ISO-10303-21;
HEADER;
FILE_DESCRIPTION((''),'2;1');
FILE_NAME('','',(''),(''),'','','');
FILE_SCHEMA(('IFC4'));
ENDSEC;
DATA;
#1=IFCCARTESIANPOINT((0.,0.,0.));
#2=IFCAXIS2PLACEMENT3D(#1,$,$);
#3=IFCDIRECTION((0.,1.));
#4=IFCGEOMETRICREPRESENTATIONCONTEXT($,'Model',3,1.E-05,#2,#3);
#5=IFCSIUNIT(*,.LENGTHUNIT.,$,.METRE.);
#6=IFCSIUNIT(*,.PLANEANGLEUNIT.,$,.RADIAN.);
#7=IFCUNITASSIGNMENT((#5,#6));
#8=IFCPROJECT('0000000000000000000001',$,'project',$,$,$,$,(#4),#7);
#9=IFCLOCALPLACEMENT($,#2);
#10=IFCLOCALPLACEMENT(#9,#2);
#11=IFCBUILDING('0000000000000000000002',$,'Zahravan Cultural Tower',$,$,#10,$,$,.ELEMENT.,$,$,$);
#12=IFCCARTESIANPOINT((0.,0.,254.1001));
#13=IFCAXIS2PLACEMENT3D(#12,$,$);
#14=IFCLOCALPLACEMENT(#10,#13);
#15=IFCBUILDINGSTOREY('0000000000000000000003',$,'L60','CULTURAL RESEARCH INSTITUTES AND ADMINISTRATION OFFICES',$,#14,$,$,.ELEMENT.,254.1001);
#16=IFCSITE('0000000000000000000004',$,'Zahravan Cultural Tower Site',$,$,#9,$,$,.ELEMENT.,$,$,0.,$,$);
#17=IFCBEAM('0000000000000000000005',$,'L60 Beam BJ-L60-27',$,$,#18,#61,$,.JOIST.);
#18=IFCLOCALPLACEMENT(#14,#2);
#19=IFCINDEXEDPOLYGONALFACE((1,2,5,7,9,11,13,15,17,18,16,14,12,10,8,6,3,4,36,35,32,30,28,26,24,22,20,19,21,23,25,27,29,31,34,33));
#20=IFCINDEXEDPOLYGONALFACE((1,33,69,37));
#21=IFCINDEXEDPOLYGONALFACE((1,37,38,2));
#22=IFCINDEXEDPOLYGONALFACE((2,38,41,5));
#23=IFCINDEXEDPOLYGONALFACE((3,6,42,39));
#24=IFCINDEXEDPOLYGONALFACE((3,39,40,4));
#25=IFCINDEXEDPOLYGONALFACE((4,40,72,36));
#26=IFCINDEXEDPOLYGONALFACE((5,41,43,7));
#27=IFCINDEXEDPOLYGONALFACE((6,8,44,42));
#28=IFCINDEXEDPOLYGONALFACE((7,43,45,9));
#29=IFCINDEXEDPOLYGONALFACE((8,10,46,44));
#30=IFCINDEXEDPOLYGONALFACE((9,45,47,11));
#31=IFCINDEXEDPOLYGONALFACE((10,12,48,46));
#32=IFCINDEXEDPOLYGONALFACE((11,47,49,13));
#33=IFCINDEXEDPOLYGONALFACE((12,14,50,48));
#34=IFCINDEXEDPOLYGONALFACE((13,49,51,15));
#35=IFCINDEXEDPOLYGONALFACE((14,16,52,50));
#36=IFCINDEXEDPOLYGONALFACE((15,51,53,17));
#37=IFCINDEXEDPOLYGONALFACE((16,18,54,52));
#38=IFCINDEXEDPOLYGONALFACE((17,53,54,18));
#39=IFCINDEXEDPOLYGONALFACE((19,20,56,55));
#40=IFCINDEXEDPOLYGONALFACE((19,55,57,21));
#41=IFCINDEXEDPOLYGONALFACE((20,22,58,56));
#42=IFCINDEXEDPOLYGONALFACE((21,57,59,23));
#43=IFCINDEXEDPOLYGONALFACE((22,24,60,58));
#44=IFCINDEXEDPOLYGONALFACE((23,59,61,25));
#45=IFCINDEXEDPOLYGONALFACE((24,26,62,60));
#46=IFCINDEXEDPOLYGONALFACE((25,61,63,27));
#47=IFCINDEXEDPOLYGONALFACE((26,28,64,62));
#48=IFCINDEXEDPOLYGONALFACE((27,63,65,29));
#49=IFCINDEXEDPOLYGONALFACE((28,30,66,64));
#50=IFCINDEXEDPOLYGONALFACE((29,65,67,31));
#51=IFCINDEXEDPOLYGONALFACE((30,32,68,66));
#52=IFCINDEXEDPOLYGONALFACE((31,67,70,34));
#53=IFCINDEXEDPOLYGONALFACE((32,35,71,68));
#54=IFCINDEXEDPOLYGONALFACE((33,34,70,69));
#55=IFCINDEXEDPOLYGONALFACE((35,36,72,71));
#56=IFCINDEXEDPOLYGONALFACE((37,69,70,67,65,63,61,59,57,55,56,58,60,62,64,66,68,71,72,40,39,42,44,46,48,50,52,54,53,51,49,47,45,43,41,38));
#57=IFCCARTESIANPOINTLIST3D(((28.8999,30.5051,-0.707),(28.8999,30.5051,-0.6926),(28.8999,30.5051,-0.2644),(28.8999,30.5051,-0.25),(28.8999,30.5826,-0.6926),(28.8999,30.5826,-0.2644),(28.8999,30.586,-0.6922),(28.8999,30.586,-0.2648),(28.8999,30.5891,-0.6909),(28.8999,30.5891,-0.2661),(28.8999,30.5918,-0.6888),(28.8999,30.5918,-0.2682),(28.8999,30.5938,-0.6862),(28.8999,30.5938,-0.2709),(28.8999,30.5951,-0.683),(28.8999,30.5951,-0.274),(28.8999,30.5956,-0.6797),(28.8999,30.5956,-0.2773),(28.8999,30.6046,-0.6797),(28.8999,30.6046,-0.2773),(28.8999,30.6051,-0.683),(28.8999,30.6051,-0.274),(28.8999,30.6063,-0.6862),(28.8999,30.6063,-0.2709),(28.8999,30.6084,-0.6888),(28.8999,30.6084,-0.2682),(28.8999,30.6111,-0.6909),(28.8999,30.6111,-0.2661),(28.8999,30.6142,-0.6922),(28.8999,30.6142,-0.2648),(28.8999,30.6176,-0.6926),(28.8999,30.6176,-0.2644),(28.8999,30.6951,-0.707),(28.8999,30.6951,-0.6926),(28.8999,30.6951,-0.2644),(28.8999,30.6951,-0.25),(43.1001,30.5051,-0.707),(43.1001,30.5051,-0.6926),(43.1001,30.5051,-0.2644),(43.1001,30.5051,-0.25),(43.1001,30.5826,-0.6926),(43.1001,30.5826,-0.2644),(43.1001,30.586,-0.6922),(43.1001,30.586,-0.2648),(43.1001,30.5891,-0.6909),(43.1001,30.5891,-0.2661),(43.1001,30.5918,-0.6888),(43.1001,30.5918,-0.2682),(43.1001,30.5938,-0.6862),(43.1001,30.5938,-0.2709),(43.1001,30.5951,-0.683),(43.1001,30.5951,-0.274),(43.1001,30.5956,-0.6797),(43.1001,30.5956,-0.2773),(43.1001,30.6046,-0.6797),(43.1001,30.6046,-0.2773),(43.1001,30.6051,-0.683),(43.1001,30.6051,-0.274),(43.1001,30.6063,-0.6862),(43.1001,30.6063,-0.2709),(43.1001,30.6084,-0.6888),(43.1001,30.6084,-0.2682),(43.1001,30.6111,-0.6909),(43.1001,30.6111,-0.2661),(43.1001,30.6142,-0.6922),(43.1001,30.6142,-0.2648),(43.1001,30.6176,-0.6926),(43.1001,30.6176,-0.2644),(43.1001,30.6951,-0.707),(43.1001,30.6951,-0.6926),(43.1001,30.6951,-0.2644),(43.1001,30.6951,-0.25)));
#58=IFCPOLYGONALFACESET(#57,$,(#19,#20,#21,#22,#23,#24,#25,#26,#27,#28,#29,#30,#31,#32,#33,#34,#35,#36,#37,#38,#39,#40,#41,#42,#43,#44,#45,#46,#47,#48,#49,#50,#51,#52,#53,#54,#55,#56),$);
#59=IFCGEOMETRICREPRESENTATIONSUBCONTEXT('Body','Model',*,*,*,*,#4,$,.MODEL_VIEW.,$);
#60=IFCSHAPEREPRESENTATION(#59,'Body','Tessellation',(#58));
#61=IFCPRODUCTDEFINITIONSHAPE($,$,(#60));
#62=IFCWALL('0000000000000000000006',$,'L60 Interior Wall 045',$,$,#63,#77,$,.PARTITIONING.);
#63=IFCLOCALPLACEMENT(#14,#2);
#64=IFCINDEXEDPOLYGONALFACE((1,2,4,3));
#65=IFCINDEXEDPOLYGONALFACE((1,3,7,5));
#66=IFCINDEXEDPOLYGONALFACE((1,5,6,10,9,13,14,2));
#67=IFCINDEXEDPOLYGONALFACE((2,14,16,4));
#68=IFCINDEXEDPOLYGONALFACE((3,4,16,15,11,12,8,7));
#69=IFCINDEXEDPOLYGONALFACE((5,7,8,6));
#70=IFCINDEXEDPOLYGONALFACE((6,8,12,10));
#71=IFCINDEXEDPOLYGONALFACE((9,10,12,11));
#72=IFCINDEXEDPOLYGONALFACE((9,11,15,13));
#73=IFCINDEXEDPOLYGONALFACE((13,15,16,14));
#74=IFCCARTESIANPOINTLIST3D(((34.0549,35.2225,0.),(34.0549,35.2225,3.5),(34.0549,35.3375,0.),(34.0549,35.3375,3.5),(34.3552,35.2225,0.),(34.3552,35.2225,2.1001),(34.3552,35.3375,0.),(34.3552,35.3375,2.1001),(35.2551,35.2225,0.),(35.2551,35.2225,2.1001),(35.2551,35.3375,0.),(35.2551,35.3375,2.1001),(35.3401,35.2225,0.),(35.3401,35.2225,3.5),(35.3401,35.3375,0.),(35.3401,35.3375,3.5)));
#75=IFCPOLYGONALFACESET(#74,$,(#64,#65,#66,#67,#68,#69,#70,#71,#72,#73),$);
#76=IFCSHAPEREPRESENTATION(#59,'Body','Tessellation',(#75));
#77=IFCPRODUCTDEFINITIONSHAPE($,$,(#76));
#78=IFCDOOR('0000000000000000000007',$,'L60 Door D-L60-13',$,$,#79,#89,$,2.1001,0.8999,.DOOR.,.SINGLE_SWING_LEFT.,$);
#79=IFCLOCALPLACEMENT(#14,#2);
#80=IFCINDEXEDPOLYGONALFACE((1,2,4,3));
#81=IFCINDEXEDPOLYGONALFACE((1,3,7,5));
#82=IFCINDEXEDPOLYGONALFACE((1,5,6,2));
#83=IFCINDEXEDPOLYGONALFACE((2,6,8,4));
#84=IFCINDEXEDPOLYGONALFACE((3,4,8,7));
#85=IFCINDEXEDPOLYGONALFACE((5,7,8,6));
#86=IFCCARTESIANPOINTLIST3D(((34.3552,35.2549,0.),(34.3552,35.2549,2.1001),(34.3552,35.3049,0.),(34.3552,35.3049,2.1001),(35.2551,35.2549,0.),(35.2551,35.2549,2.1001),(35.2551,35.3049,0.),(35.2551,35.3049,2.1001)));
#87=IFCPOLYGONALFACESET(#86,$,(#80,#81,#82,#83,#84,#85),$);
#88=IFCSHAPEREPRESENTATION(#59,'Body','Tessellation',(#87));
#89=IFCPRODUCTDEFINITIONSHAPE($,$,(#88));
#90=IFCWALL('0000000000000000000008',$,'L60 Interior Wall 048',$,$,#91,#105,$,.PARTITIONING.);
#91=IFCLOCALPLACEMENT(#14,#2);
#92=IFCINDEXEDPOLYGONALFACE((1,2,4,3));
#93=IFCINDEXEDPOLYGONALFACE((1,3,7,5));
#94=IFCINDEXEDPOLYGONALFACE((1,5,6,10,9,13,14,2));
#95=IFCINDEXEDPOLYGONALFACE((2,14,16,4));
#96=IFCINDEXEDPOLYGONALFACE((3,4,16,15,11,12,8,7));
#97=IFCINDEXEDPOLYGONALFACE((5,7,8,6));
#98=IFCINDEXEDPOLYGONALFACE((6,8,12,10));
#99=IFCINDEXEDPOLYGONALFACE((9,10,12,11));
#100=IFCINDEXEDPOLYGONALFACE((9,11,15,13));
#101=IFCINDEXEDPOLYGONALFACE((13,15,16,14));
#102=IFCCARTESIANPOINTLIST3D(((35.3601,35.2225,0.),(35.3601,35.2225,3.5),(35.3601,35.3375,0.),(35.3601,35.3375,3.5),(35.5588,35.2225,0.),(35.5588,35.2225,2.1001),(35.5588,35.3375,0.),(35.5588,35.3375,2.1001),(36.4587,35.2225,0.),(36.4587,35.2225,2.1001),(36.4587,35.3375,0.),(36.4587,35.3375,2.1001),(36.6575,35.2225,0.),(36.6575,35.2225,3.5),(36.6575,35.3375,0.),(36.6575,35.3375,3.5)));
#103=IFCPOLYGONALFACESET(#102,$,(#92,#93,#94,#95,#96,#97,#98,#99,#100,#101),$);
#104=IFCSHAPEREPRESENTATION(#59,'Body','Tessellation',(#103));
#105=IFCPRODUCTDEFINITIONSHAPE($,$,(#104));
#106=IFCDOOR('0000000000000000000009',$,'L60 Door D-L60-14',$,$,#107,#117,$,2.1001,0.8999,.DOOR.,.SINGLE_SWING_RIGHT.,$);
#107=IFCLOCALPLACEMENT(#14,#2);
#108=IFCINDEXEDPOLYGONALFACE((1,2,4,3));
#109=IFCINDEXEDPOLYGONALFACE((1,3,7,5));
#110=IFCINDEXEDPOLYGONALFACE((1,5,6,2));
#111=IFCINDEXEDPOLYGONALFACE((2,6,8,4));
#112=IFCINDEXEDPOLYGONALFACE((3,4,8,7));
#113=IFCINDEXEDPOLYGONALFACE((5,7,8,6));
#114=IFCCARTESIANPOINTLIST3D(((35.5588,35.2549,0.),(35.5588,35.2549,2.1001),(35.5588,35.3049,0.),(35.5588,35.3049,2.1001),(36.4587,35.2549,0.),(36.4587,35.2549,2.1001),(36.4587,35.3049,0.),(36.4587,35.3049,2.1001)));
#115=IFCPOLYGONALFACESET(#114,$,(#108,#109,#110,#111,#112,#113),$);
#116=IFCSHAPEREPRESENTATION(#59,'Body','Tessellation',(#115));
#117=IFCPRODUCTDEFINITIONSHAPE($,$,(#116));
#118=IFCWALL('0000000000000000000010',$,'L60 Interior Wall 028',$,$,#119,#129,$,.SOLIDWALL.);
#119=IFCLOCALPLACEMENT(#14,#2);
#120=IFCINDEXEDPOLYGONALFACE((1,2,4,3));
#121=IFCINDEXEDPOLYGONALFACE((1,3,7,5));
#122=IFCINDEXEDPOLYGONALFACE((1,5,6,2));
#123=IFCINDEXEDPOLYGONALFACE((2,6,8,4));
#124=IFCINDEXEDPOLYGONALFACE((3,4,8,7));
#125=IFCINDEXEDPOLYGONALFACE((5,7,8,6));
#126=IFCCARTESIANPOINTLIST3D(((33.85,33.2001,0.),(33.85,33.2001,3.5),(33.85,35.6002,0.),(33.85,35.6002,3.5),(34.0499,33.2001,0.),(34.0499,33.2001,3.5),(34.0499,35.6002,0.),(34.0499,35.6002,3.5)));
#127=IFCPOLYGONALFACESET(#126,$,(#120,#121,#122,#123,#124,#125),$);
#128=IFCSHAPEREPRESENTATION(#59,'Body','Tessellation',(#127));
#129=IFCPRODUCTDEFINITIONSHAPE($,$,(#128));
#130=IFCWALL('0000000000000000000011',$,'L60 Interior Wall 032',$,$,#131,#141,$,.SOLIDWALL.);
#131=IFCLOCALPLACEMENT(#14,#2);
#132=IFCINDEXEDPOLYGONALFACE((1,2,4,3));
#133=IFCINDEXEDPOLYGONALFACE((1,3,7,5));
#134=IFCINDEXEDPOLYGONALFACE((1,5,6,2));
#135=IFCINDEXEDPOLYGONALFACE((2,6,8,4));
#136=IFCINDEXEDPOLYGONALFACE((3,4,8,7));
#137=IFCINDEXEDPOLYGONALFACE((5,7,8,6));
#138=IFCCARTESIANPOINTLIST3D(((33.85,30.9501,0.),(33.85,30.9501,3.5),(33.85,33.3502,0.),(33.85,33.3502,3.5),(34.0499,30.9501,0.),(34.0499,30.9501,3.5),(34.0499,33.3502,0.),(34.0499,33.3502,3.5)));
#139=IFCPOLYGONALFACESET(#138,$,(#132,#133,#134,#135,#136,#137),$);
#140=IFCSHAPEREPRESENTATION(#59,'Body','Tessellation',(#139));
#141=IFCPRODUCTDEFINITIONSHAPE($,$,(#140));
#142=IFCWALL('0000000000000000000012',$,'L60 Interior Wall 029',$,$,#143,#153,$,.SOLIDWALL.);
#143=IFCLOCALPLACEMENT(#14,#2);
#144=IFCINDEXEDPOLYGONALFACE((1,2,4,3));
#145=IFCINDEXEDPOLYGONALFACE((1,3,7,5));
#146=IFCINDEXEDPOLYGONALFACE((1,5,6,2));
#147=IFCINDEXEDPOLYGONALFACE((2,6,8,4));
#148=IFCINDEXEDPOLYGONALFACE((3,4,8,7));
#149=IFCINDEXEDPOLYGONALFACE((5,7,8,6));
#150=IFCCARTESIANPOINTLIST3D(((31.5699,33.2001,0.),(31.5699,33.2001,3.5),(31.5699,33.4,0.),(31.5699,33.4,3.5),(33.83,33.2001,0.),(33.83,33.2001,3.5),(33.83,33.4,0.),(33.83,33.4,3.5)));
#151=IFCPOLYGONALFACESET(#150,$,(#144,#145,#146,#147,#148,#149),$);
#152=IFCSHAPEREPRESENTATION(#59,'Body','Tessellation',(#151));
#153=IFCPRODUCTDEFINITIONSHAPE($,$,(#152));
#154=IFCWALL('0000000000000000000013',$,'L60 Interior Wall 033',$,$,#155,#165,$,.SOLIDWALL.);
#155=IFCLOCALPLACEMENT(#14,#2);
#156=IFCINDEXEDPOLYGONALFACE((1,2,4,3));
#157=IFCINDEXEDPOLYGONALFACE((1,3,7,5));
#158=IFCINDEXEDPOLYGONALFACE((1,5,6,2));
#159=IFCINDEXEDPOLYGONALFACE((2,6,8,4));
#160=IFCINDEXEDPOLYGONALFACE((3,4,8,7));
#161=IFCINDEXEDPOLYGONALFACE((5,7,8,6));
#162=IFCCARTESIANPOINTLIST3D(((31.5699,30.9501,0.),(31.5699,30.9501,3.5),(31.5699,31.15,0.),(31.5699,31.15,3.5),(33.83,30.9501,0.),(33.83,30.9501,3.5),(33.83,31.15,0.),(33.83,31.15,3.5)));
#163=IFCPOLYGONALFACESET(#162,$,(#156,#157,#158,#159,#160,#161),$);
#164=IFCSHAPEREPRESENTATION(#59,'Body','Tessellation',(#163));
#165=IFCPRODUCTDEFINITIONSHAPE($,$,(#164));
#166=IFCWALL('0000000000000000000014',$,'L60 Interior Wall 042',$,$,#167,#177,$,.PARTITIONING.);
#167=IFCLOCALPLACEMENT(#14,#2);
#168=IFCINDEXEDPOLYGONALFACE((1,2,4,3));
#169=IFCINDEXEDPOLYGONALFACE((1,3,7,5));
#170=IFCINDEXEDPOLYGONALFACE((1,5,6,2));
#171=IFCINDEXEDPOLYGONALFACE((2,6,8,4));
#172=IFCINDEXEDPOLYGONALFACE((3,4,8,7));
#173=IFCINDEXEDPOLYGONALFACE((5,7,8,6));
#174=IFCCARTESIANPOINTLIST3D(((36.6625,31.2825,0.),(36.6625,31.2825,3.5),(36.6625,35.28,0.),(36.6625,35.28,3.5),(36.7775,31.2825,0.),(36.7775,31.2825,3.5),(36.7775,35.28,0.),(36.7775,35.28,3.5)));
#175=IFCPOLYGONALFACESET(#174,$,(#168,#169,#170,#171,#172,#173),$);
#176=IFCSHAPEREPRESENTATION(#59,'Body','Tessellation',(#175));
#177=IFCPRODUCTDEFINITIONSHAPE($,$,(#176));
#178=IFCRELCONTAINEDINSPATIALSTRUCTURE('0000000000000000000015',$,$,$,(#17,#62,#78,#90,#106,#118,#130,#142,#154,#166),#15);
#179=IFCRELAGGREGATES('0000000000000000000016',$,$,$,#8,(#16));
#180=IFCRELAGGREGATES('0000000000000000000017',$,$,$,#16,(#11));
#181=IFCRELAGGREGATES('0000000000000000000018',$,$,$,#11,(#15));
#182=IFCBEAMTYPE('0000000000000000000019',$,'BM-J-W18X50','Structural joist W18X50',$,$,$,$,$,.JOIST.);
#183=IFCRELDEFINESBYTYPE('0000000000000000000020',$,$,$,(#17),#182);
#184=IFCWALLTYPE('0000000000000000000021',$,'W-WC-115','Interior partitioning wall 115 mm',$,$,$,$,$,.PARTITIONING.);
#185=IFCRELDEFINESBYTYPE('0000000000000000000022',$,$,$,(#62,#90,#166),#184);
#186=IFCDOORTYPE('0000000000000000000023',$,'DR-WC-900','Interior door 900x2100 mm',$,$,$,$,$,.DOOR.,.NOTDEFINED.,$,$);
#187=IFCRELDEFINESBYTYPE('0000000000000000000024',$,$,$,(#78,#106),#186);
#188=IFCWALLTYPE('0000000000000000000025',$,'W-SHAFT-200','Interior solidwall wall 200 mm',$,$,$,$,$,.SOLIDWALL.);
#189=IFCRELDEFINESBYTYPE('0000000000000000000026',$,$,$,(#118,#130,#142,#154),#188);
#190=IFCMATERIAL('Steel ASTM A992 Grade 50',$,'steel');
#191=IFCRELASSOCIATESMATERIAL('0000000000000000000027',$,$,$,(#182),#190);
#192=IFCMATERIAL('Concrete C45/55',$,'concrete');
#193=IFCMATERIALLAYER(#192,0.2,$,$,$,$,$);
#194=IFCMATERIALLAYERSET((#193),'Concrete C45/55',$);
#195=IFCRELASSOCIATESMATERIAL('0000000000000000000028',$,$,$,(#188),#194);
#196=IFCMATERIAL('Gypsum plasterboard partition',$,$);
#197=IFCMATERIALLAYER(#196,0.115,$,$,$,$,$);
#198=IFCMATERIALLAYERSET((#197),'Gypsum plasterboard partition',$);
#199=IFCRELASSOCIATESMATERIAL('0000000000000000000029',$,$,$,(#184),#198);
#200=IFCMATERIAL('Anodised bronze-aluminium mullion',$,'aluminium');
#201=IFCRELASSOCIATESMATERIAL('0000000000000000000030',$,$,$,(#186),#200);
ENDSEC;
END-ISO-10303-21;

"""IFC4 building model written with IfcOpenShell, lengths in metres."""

from ifc_helpers import new_model, si_unit, direction, frame, frame_2d, origin, origin_2d, place, context, subcontext, project, spatial, rectangle, i_section, extrude, source, transform, mapped, material, layer, layer_set, material_profile, profile_set, type_object, element, fill, save


model = new_model("IFC4")

# Units and contexts
model_context = context("Model", 3, precision=1e-05, world=origin(), true_north=direction((0.0, 1.0)))
body_context = subcontext(model_context, "Body", "Model", "MODEL_VIEW")
ifc_project = project(units=[si_unit("LENGTHUNIT", "METRE"), si_unit("PLANEANGLEUNIT", "RADIAN")], contexts=[model_context])

# Site, building, storey
site_placement = place(None, origin())
site = spatial("IfcSite", under=ifc_project, at=site_placement, Name="Zahravan Cultural Tower Site", CompositionType="ELEMENT", RefElevation=0.0)
building_placement = place(site_placement, origin())
building = spatial("IfcBuilding", under=site, at=building_placement, Name="Zahravan Cultural Tower", CompositionType="ELEMENT")
storey_placement = place(building_placement, frame((0.0, 0.0, 254.1001)))
storey = spatial("IfcBuildingStorey", under=building, at=storey_placement, Name="L60", Description="CULTURAL RESEARCH INSTITUTES AND ADMINISTRATION OFFICES", CompositionType="ELEMENT", Elevation=254.1001)

# Beam
ifc_material_1 = material(Name="Steel ASTM A992 Grade 50", Category="steel")
ifc_material_profile = material_profile(ifc_material_1, i_section(OverallWidth=0.1899, OverallDepth=0.457, WebThickness=0.009, FlangeThickness=0.0144, FilletRadius=0.0129, at=origin_2d()), Name="W18X50")
ifc_profile_set = profile_set([ifc_material_profile], Name="Steel ASTM A992 Grade 50")
beam_type = type_object("IfcBeamType", Name="BM-J-W18X50", Description="Structural joist W18X50", PredefinedType="JOIST", material=ifc_profile_set)
shared_shape_1 = source(origin(), body_context, "Body", "SweptSolid", [
    extrude(i_section(OverallWidth=0.1899, OverallDepth=0.457, WebThickness=0.009, FlangeThickness=0.0144, FilletRadius=0.0129, at=origin_2d()), origin(), (0.0, 0.0, 1.0), 14.2002),
])
beam_placement = place(storey_placement, frame((28.8999, 30.6001, -0.4785), z_axis=(1.0, 0.0, 0.0), x_axis=(0.0, 1.0, 0.0)))
element("IfcBeam", 1, at=beam_placement, inside=storey, type_object=beam_type, Name="L60 Beam BJ-L60-27", PredefinedType="JOIST", context=body_context, shape_type="MappedRepresentation", body=[
    mapped(shared_shape_1, transform((0.0, 0.0, 0.0), x_axis=(1.0, 0.0, 0.0), y_axis=(0.0, 1.0, 0.0), z_axis=(0.0, 0.0, 1.0), scale=1.0)),
])

# Walls, openings, doors
ifc_material_2 = material(Name="Concrete C45/55", Category="concrete")
ifc_layer_1 = layer(ifc_material_2, 0.2)
ifc_layer_set_1 = layer_set([ifc_layer_1], Name="Concrete C45/55")
wall_type_1 = type_object("IfcWallType", Name="W-SHAFT-200", Description="Interior solidwall wall 200 mm", PredefinedType="SOLIDWALL", material=ifc_layer_set_1)
ifc_material_3 = material(Name="Gypsum plasterboard partition")
ifc_layer_2 = layer(ifc_material_3, 0.115)
ifc_layer_set_2 = layer_set([ifc_layer_2], Name="Gypsum plasterboard partition")
wall_type_2 = type_object("IfcWallType", Name="W-WC-115", Description="Interior partitioning wall 115 mm", PredefinedType="PARTITIONING", material=ifc_layer_set_2)
wall_1_placement = place(storey_placement, frame((34.0549, 35.28, 0.0), z_axis=(0.0, 0.0, 1.0), x_axis=(1.0, 0.0, 0.0)))
wall_1 = element("IfcWall", 2, at=wall_1_placement, inside=storey, type_object=wall_type_2, Name="L60 Interior Wall 045", PredefinedType="PARTITIONING", context=body_context, shape_type="SweptSolid", body=[
    extrude(rectangle(XDim=1.2852, YDim=0.115, at=frame_2d((0.6426, 0.0))), origin(), (0.0, 0.0, 1.0), 3.5),
])
opening_1_placement = place(wall_1_placement, frame((0.3003, 0.0, 0.0)))
opening_1 = element("IfcOpeningElement", 3, at=opening_1_placement, cuts=wall_1, PredefinedType="OPENING", context=body_context, shape_type="SweptSolid", body=[
    extrude(rectangle(XDim=0.8999, YDim=2.1001, at=frame_2d((0.45, 1.05))), frame((0.0, 0.0674, 0.0), z_axis=(0.0, -1.0, 0.0), x_axis=(1.0, 0.0, 0.0)), (0.0, 0.0, 1.0), 0.135),
])
ifc_material_4 = material(Name="Anodised bronze-aluminium mullion", Category="aluminium")
door_type_1 = type_object("IfcDoorType", Name="DR-WC-900", Description="Interior door 900x2100 mm", OperationType="NOTDEFINED", PredefinedType="DOOR", material=ifc_material_4)
shared_shape_2 = source(origin(), body_context, "Body", "SweptSolid", [
    extrude(rectangle(XDim=0.8999, YDim=2.1001, at=frame_2d((0.45, 1.05))), frame((0.0, 0.0249, 0.0), z_axis=(0.0, -1.0, 0.0), x_axis=(1.0, 0.0, 0.0)), (0.0, 0.0, 1.0), 0.05),
])
door_1_placement = place(opening_1_placement, origin())
door_1 = element("IfcDoor", 4, at=door_1_placement, inside=storey, type_object=door_type_1, Name="L60 Door D-L60-13", OperationType="SINGLE_SWING_LEFT", OverallHeight=2.1001, OverallWidth=0.8999, PredefinedType="DOOR", context=body_context, shape_type="MappedRepresentation", body=[
    mapped(shared_shape_2, transform((0.0, 0.0, 0.0), x_axis=(1.0, 0.0, 0.0), y_axis=(0.0, 1.0, 0.0), z_axis=(0.0, 0.0, 1.0), scale=1.0)),
])
fill(opening_1, door_1)
wall_2_placement = place(storey_placement, frame((35.3601, 35.28, 0.0), z_axis=(0.0, 0.0, 1.0), x_axis=(1.0, 0.0, 0.0)))
wall_2 = element("IfcWall", 5, at=wall_2_placement, inside=storey, type_object=wall_type_2, Name="L60 Interior Wall 048", PredefinedType="PARTITIONING", context=body_context, shape_type="SweptSolid", body=[
    extrude(rectangle(XDim=1.2974, YDim=0.115, at=frame_2d((0.6487, 0.0))), origin(), (0.0, 0.0, 1.0), 3.5),
])
opening_2_placement = place(wall_2_placement, frame((0.1987, 0.0, 0.0)))
opening_2 = element("IfcOpeningElement", 6, at=opening_2_placement, cuts=wall_2, PredefinedType="OPENING", context=body_context, shape_type="SweptSolid", body=[
    extrude(rectangle(XDim=0.8999, YDim=2.1001, at=frame_2d((0.45, 1.05))), frame((0.0, 0.0674, 0.0), z_axis=(0.0, -1.0, 0.0), x_axis=(1.0, 0.0, 0.0)), (0.0, 0.0, 1.0), 0.135),
])
door_2_placement = place(opening_2_placement, origin())
door_2 = element("IfcDoor", 7, at=door_2_placement, inside=storey, type_object=door_type_1, Name="L60 Door D-L60-14", OperationType="SINGLE_SWING_RIGHT", OverallHeight=2.1001, OverallWidth=0.8999, PredefinedType="DOOR", context=body_context, shape_type="MappedRepresentation", body=[
    mapped(shared_shape_2, transform((0.0, 0.0, 0.0), x_axis=(1.0, 0.0, 0.0), y_axis=(0.0, 1.0, 0.0), z_axis=(0.0, 0.0, 1.0), scale=1.0)),
])
fill(opening_2, door_2)

# Walls
shared_shape_3 = source(origin(), body_context, "Body", "SweptSolid", [
    extrude(rectangle(XDim=2.4001, YDim=0.2, at=frame_2d((1.2002, 0.0))), origin(), (0.0, 0.0, 1.0), 3.5),
])
for number, where, z_axis, x_axis, name in (
    (8, (33.95, 33.2, 0.0), (0.0, 0.0, 1.0), (0.0, 1.0, 0.0), "L60 Interior Wall 028"),
    (9, (33.95, 30.95, 0.0), (0.0, 0.0, 1.0), (0.0, 1.0, 0.0), "L60 Interior Wall 032"),
):
    element("IfcWall", number, at=place(storey_placement, frame(where, z_axis=z_axis, x_axis=x_axis)), inside=storey, type_object=wall_type_1, Name=name, PredefinedType="SOLIDWALL", context=body_context, shape_type="MappedRepresentation", body=[
        mapped(shared_shape_3, transform((0.0, 0.0, 0.0), x_axis=(1.0, 0.0, 0.0), y_axis=(0.0, 1.0, 0.0), z_axis=(0.0, 0.0, 1.0), scale=1.0)),
    ])
shared_shape_4 = source(origin(), body_context, "Body", "SweptSolid", [
    extrude(rectangle(XDim=2.26, YDim=0.2, at=frame_2d((1.1299, 0.0))), origin(), (0.0, 0.0, 1.0), 3.5),
])
for number, where, z_axis, x_axis, name in (
    (10, (31.5701, 33.3, 0.0), (0.0, 0.0, 1.0), (1.0, 0.0, 0.0), "L60 Interior Wall 029"),
    (11, (31.5701, 31.05, 0.0), (0.0, 0.0, 1.0), (1.0, 0.0, 0.0), "L60 Interior Wall 033"),
):
    element("IfcWall", number, at=place(storey_placement, frame(where, z_axis=z_axis, x_axis=x_axis)), inside=storey, type_object=wall_type_1, Name=name, PredefinedType="SOLIDWALL", context=body_context, shape_type="MappedRepresentation", body=[
        mapped(shared_shape_4, transform((0.0, 0.0, 0.0), x_axis=(1.0, 0.0, 0.0), y_axis=(0.0, 1.0, 0.0), z_axis=(0.0, 0.0, 1.0), scale=1.0)),
    ])
shared_shape_5 = source(origin(), body_context, "Body", "SweptSolid", [
    extrude(rectangle(XDim=3.9976, YDim=0.115, at=frame_2d((1.9988, 0.0))), origin(), (0.0, 0.0, 1.0), 3.5),
])
wall_3_placement = place(storey_placement, frame((36.72, 31.2825, 0.0), z_axis=(0.0, 0.0, 1.0), x_axis=(0.0, 1.0, 0.0)))
element("IfcWall", 12, at=wall_3_placement, inside=storey, type_object=wall_type_2, Name="L60 Interior Wall 042", PredefinedType="PARTITIONING", context=body_context, shape_type="MappedRepresentation", body=[
    mapped(shared_shape_5, transform((0.0, 0.0, 0.0), x_axis=(1.0, 0.0, 0.0), y_axis=(0.0, 1.0, 0.0), z_axis=(0.0, 0.0, 1.0), scale=1.0)),
])

save(model, "model.ifc")
